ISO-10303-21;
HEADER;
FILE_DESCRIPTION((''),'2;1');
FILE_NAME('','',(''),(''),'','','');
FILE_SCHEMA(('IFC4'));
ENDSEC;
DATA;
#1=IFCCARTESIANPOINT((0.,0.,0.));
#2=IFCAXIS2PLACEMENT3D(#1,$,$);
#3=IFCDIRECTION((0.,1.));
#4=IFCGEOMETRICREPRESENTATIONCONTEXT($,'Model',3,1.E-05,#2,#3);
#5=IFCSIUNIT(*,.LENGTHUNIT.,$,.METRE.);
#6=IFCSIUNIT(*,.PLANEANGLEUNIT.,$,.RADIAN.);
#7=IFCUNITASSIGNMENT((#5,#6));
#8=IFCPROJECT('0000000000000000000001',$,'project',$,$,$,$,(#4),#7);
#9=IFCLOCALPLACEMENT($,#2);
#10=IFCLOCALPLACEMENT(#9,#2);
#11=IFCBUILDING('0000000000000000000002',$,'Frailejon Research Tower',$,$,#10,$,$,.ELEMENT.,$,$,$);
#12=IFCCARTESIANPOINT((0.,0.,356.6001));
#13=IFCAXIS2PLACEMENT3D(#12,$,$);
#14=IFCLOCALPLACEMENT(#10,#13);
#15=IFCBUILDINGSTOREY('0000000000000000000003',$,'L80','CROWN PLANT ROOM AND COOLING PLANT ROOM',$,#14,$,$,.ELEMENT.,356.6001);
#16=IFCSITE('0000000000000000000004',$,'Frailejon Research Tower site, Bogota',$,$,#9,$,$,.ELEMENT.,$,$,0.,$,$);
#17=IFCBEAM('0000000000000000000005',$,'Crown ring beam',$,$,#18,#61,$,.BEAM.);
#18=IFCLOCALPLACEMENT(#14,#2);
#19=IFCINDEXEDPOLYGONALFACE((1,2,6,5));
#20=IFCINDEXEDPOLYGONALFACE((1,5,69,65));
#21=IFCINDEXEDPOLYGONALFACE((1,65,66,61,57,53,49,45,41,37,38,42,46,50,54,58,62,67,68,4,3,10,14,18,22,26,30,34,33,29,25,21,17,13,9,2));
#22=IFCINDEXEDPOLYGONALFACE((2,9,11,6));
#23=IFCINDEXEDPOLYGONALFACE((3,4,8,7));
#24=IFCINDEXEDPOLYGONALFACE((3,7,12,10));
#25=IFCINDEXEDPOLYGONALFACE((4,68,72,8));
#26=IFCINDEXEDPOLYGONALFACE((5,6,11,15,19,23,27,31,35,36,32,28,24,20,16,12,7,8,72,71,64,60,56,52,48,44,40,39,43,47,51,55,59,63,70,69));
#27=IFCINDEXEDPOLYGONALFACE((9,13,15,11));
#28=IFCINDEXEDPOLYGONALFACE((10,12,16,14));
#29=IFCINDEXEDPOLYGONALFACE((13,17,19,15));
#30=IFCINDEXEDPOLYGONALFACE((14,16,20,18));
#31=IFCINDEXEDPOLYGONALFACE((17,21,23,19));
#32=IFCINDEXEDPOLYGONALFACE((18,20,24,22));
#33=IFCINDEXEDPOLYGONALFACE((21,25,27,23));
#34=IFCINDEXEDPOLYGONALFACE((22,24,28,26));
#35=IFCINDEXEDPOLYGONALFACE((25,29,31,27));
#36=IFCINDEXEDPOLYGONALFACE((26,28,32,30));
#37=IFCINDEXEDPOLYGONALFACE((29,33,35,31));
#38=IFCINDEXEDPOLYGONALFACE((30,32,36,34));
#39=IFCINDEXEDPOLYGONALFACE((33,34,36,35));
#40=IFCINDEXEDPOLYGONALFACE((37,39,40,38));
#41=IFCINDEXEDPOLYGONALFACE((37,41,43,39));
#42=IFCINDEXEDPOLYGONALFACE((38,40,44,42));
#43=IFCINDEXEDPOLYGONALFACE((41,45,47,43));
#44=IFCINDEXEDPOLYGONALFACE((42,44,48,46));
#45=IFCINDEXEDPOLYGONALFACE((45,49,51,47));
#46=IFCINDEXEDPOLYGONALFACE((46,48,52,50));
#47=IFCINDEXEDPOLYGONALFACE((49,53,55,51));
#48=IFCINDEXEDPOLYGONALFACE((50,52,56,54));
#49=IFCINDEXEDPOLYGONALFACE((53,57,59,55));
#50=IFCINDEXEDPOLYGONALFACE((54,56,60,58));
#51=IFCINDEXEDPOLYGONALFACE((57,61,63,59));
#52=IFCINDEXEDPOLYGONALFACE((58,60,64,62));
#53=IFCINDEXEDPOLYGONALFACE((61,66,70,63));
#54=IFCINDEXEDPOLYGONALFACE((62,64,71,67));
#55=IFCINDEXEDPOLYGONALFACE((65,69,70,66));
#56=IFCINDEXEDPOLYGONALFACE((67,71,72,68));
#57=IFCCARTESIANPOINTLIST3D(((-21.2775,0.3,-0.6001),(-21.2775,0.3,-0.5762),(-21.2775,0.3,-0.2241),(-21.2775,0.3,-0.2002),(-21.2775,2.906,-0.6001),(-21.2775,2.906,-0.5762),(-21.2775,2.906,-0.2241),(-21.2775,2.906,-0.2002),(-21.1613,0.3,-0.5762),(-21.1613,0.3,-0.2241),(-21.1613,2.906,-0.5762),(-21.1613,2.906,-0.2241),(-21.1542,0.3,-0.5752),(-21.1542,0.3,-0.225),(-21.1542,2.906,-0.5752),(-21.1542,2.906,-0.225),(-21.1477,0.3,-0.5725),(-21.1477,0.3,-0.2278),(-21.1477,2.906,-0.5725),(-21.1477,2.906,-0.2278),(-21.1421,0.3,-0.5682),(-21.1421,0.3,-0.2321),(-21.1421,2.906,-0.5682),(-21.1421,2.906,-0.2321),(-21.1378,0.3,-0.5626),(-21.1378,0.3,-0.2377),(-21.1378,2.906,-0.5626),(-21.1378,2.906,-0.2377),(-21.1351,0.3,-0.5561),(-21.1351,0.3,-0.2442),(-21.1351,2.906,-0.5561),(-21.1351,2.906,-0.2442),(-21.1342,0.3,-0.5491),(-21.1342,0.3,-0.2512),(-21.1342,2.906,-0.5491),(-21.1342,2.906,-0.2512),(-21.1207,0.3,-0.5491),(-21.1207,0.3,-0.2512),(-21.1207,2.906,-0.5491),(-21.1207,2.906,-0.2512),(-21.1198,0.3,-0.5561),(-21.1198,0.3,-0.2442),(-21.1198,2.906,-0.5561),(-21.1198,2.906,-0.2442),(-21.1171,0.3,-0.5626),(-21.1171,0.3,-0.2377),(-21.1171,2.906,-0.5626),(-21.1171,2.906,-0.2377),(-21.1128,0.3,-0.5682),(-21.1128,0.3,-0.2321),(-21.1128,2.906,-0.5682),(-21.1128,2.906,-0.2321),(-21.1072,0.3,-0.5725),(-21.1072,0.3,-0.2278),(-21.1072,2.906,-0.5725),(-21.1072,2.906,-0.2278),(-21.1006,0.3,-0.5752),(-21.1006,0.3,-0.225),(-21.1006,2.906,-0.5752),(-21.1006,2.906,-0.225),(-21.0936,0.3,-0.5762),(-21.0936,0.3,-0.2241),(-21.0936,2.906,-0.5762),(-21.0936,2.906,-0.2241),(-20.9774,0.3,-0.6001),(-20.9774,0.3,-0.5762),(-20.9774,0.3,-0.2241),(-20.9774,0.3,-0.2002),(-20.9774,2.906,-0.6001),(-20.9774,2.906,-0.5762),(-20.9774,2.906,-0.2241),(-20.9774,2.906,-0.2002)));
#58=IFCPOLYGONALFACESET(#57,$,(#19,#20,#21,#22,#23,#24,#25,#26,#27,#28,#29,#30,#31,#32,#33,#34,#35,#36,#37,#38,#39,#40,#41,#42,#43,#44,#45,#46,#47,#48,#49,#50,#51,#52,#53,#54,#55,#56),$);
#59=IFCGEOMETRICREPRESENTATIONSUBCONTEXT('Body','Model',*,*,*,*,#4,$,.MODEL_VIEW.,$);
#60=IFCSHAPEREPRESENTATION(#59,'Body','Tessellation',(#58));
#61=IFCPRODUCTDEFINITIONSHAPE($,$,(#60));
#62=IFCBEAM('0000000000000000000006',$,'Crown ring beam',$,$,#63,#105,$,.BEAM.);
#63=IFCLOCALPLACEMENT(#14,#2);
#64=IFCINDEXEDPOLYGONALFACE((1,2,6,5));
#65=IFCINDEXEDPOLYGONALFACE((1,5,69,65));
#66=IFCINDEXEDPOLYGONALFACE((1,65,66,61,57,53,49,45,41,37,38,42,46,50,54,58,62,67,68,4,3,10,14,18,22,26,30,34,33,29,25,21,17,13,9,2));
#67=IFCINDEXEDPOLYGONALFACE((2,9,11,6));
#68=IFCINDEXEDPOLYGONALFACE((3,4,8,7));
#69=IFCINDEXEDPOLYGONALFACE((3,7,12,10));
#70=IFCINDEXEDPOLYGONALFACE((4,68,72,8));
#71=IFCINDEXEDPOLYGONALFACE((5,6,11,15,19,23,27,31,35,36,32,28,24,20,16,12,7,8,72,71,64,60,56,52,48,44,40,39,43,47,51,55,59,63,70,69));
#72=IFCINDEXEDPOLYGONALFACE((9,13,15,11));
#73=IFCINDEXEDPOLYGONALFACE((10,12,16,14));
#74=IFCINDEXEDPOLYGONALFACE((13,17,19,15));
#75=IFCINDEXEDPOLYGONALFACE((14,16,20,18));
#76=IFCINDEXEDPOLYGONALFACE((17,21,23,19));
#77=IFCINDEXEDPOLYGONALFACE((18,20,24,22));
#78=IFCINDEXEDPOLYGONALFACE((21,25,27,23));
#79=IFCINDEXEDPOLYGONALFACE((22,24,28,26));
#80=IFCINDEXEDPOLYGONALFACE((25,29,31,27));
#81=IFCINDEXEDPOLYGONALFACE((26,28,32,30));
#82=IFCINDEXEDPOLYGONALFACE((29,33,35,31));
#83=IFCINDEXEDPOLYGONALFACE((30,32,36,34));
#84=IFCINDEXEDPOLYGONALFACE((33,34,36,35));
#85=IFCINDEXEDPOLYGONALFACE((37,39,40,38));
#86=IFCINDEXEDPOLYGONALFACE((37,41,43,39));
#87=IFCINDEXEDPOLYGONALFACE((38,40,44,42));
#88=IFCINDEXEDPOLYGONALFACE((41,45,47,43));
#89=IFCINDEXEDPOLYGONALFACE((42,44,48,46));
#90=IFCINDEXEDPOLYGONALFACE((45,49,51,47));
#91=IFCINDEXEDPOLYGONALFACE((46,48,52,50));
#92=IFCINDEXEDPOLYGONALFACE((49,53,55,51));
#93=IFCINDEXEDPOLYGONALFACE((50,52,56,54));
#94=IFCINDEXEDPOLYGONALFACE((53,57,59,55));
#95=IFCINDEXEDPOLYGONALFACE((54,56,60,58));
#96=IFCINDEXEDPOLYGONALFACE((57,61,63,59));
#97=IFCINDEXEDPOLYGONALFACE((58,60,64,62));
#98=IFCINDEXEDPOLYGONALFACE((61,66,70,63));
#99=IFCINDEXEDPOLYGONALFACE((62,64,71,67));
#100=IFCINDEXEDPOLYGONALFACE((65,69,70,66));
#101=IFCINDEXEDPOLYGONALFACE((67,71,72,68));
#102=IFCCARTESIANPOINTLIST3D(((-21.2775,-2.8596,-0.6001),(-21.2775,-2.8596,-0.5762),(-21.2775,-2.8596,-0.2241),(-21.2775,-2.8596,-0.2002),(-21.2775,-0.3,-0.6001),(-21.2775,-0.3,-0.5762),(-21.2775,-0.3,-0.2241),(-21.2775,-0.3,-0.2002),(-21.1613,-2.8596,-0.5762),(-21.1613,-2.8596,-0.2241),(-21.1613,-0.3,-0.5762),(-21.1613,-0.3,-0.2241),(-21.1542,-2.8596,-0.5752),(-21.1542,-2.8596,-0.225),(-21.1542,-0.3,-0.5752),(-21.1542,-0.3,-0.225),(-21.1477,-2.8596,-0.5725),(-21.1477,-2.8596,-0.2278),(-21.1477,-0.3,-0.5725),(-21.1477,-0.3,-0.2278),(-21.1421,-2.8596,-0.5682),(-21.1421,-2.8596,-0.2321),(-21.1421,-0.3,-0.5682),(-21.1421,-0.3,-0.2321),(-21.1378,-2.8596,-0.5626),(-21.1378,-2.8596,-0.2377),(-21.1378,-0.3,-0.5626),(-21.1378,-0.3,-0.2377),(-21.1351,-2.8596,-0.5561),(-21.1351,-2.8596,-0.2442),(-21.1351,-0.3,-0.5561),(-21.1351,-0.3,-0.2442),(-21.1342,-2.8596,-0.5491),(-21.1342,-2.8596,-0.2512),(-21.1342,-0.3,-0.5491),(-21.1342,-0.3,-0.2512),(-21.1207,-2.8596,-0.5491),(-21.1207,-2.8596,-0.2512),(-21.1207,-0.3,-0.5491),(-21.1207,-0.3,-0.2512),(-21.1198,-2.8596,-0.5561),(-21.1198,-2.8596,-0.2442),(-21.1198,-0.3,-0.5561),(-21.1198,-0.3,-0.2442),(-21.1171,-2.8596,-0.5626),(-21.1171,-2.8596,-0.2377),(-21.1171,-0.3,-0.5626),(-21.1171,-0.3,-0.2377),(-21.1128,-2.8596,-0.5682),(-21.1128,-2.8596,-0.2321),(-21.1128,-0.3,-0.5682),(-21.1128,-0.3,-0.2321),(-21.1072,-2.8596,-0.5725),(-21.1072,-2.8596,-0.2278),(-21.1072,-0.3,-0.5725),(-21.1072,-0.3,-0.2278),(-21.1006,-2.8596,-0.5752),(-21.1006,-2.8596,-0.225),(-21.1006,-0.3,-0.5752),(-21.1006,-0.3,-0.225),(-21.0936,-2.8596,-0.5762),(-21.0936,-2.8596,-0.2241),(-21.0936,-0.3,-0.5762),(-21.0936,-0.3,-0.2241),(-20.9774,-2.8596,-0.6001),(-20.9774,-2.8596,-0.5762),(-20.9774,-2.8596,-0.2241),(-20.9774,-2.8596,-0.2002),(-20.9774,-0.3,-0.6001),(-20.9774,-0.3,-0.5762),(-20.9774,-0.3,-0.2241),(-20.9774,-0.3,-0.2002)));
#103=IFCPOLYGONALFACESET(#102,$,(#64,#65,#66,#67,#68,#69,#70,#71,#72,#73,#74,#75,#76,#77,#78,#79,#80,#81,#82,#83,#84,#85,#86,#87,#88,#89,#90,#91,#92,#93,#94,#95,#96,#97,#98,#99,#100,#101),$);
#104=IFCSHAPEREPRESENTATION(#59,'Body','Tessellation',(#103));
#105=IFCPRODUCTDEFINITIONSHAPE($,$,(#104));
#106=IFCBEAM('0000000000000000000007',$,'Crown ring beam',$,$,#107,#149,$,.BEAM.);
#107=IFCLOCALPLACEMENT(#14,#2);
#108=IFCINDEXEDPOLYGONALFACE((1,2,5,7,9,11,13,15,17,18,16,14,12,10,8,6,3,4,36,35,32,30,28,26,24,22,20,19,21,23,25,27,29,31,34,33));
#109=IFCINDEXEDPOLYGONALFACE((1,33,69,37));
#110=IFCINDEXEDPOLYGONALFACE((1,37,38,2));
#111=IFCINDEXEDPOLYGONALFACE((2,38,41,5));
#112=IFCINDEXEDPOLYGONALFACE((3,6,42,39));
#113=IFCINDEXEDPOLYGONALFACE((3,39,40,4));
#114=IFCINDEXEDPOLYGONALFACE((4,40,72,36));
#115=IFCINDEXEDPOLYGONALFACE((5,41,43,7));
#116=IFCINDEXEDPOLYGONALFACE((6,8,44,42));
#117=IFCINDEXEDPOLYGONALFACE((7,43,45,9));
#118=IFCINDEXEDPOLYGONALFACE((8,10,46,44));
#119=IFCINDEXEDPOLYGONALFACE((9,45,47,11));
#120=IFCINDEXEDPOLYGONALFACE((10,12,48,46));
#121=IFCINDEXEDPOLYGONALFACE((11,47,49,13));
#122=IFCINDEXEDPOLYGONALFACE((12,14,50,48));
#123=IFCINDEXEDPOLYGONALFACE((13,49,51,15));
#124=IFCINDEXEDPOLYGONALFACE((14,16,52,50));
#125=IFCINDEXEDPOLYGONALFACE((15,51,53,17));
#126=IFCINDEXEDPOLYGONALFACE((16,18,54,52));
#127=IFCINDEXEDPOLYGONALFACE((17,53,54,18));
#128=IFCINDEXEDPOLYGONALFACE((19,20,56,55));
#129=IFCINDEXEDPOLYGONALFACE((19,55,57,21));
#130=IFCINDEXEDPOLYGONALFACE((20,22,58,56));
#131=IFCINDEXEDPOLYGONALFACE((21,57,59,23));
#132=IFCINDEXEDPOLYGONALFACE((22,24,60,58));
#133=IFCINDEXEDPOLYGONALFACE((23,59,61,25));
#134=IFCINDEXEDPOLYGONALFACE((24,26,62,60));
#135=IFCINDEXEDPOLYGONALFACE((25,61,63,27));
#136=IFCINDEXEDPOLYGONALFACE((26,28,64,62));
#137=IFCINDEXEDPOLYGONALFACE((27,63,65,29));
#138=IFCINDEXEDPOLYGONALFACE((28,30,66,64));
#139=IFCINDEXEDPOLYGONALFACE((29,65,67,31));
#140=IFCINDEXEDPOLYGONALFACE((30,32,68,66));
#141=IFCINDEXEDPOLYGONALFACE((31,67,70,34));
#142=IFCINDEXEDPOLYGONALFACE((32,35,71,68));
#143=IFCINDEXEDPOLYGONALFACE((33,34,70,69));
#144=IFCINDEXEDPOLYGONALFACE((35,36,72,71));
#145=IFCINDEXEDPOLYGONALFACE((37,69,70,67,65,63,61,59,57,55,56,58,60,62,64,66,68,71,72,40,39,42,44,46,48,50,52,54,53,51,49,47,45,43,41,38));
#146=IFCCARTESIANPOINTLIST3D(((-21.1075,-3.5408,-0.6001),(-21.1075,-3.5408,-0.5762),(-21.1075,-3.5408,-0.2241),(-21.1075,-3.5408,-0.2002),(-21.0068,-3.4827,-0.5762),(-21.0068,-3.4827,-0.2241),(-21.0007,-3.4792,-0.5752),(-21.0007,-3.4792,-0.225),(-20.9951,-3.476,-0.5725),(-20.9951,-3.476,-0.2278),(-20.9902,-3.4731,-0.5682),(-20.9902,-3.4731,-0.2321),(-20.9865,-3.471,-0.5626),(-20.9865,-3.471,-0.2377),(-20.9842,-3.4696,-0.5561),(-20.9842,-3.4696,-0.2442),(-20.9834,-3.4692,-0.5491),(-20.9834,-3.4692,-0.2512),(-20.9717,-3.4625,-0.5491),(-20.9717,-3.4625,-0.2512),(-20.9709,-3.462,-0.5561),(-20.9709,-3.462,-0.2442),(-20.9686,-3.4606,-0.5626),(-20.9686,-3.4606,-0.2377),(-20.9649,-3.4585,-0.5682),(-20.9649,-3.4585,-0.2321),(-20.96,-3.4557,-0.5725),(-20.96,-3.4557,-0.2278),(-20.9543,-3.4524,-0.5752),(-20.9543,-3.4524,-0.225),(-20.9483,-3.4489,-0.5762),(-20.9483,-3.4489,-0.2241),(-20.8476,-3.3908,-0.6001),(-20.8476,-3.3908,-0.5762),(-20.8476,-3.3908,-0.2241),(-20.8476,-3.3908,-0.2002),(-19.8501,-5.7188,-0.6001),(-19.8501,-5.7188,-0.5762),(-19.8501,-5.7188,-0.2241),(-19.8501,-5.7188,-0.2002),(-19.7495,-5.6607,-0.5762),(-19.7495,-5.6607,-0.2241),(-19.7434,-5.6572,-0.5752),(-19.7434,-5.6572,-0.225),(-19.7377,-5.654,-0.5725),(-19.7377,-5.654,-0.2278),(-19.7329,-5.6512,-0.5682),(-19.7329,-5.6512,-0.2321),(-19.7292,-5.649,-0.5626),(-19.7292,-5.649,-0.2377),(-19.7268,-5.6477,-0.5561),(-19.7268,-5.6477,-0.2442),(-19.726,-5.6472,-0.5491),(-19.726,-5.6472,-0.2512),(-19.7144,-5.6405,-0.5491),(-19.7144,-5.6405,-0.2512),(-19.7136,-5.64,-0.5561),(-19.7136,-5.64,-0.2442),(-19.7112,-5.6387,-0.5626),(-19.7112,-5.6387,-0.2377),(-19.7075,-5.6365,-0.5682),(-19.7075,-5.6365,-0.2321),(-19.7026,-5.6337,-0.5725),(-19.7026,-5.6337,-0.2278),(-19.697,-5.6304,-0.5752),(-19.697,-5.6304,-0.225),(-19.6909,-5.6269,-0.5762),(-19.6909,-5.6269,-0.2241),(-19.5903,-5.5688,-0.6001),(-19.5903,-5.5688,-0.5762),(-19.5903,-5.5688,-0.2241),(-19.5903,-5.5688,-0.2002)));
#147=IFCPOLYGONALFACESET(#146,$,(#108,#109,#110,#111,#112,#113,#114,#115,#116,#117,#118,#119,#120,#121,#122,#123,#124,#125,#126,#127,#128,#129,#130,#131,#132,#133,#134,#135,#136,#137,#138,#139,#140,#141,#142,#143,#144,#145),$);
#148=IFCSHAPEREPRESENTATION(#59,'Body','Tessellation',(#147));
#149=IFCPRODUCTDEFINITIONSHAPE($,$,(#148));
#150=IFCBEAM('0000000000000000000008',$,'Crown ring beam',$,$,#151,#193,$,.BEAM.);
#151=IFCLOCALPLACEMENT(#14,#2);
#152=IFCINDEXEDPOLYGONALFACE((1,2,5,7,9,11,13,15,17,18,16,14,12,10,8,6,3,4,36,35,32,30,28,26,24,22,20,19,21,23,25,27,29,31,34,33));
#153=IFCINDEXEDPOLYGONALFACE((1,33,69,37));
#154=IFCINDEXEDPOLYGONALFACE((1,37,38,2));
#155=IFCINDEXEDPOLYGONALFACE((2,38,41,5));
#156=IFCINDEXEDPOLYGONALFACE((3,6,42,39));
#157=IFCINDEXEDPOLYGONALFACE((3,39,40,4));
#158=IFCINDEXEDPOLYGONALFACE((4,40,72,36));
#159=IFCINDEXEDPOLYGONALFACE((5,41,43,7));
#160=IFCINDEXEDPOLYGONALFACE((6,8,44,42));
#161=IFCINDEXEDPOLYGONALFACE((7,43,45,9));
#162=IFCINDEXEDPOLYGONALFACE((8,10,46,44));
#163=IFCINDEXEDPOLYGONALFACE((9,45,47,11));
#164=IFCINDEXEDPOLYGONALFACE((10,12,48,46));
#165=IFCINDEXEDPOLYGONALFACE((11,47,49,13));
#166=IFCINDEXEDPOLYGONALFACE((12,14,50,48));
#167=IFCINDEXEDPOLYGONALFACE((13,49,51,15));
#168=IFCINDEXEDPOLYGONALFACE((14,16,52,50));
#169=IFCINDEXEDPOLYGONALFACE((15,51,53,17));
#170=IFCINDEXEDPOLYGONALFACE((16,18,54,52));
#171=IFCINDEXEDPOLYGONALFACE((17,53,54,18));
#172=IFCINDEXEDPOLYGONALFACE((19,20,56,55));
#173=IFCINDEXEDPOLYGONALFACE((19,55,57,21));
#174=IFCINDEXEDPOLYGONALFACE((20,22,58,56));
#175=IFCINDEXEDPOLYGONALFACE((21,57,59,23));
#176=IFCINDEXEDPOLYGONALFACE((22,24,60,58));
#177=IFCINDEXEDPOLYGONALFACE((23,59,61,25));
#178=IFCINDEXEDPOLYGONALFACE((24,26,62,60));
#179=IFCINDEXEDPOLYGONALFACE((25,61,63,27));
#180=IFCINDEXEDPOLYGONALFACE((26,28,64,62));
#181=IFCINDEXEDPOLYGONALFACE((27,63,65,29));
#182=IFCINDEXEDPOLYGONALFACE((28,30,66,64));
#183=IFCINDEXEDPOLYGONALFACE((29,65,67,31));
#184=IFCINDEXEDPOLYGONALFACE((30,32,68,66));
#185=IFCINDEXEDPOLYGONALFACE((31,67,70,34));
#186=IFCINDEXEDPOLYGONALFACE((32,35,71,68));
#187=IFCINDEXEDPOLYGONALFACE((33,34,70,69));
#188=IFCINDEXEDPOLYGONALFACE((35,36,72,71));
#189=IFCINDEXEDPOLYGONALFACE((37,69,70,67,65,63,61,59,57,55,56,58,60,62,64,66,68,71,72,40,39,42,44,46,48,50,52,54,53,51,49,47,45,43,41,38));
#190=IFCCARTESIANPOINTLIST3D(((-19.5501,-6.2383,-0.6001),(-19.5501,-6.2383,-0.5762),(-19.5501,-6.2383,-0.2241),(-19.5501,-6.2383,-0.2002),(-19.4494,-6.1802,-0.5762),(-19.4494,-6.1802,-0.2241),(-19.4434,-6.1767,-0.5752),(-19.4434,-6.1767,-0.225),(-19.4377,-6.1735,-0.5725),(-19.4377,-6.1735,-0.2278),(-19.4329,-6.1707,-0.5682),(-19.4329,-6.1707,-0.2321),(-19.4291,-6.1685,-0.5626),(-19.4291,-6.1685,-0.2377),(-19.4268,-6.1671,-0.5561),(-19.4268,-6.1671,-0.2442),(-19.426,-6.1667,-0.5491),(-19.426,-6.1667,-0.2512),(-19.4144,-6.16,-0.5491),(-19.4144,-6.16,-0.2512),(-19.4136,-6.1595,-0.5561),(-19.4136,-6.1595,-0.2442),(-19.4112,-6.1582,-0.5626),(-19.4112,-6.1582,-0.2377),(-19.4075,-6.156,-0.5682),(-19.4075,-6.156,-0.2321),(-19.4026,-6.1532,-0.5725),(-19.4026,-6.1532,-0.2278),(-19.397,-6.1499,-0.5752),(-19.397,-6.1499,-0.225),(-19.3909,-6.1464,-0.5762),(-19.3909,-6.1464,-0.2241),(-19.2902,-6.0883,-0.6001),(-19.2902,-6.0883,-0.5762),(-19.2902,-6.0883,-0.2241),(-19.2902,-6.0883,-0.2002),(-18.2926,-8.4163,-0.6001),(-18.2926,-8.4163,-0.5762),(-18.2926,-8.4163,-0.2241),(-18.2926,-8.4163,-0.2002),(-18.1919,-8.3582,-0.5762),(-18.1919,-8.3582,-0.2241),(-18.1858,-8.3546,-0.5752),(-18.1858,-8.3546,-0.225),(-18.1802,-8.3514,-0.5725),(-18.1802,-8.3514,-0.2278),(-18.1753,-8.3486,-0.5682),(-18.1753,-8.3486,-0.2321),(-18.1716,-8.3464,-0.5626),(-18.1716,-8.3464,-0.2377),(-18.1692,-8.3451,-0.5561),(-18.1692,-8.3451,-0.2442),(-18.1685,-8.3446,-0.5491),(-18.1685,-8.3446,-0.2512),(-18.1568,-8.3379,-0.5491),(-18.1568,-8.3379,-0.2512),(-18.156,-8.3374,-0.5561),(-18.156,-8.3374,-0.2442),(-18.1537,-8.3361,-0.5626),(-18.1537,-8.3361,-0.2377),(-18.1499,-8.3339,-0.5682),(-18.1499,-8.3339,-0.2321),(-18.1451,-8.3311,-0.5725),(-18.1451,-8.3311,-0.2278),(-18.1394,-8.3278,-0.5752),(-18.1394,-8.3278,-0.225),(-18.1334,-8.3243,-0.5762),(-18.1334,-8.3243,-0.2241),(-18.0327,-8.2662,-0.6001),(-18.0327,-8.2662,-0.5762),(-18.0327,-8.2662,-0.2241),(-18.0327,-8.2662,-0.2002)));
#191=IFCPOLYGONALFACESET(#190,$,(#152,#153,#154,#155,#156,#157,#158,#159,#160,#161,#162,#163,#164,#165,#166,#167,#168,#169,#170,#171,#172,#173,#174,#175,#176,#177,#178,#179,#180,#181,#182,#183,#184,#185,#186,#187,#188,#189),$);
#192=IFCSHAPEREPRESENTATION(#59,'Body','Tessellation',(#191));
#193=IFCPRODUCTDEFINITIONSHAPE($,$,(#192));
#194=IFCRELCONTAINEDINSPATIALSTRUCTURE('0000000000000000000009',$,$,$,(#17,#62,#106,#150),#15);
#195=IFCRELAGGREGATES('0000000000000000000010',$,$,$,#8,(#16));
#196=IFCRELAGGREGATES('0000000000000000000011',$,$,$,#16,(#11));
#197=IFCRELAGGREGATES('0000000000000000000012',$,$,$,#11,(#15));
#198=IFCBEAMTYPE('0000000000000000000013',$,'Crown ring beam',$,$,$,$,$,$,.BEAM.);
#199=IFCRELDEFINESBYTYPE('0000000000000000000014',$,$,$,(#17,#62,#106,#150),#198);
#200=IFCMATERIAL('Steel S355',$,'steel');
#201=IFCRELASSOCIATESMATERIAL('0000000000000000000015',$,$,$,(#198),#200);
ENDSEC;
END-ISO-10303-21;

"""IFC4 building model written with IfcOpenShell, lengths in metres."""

from ifc_helpers import new_model, si_unit, direction, frame, origin, origin_2d, place, context, subcontext, project, spatial, i_section, extrude, material, material_profile, profile_set, type_object, element, save


model = new_model("IFC4")

# Units and contexts
model_context = context("Model", 3, precision=1e-05, world=origin(), true_north=direction((0.0, 1.0)))
body_context = subcontext(model_context, "Body", "Model", "MODEL_VIEW")
ifc_project = project(units=[si_unit("LENGTHUNIT", "METRE"), si_unit("PLANEANGLEUNIT", "RADIAN")], contexts=[model_context])

# Site, building, storey
site_placement = place(None, origin())
site = spatial("IfcSite", under=ifc_project, at=site_placement, Name="Frailejon Research Tower site, Bogota", CompositionType="ELEMENT", RefElevation=0.0)
building_placement = place(site_placement, origin())
building = spatial("IfcBuilding", under=site, at=building_placement, Name="Frailejon Research Tower", CompositionType="ELEMENT")
storey_placement = place(building_placement, frame((0.0, 0.0, 356.6001)))
storey = spatial("IfcBuildingStorey", under=building, at=storey_placement, Name="L80", Description="CROWN PLANT ROOM AND COOLING PLANT ROOM", CompositionType="ELEMENT", Elevation=356.6001)

# Beams
ifc_material_1 = material(Name="Steel S355", Category="steel")
ifc_material_profile_1 = material_profile(ifc_material_1, i_section(OverallWidth=0.3, OverallDepth=0.3999, WebThickness=0.0134, FlangeThickness=0.0239, FilletRadius=0.0271, at=origin_2d()), Name="HE 400 B")
ifc_profile_set_1 = profile_set([ifc_material_profile_1], Name="Steel S355")
beam_type_1 = type_object("IfcBeamType", Name="Crown ring beam", PredefinedType="BEAM", material=ifc_profile_set_1)
beam_1_placement = place(storey_placement, frame((-21.1274, 2.906, -0.4001), z_axis=(0.0, -1.0, 0.0), x_axis=(1.0, 0.0, 0.0)))
element("IfcBeam", 1, at=beam_1_placement, inside=storey, type_object=beam_type_1, Name="Crown ring beam", PredefinedType="BEAM", context=body_context, shape_type="SweptSolid", body=[
    extrude(i_section(OverallWidth=0.3, OverallDepth=0.3999, WebThickness=0.0134, FlangeThickness=0.0239, FilletRadius=0.0271, at=origin_2d()), origin(), (0.0, 0.0, 1.0), 2.606),
])
beam_2_placement = place(storey_placement, frame((-21.1274, -0.3, -0.4001), z_axis=(0.0, -1.0, 0.0), x_axis=(1.0, 0.0, 0.0)))
element("IfcBeam", 2, at=beam_2_placement, inside=storey, type_object=beam_type_1, Name="Crown ring beam", PredefinedType="BEAM", context=body_context, shape_type="SweptSolid", body=[
    extrude(i_section(OverallWidth=0.3, OverallDepth=0.3999, WebThickness=0.0134, FlangeThickness=0.0239, FilletRadius=0.0271, at=origin_2d()), origin(), (0.0, 0.0, 1.0), 2.5596),
])
for number, where, z_axis, x_axis, name in (
    (3, (-20.9775, -3.4658, -0.4001), (0.499961, -0.866048, 0.0), (0.866048, 0.499961, 0.0), "Crown ring beam"),
    (4, (-19.4202, -6.1633, -0.4001), (0.500033, -0.866006, 0.0), (0.866006, 0.500033, 0.0), "Crown ring beam"),
):
    element("IfcBeam", number, at=place(storey_placement, frame(where, z_axis=z_axis, x_axis=x_axis)), inside=storey, type_object=beam_type_1, Name=name, PredefinedType="BEAM", context=body_context, shape_type="SweptSolid", body=[
        extrude(i_section(OverallWidth=0.3, OverallDepth=0.3999, WebThickness=0.0134, FlangeThickness=0.0239, FilletRadius=0.0271, at=origin_2d()), origin(), (0.0, 0.0, 1.0), 2.5149),
    ])

save(model, "model.ifc")
